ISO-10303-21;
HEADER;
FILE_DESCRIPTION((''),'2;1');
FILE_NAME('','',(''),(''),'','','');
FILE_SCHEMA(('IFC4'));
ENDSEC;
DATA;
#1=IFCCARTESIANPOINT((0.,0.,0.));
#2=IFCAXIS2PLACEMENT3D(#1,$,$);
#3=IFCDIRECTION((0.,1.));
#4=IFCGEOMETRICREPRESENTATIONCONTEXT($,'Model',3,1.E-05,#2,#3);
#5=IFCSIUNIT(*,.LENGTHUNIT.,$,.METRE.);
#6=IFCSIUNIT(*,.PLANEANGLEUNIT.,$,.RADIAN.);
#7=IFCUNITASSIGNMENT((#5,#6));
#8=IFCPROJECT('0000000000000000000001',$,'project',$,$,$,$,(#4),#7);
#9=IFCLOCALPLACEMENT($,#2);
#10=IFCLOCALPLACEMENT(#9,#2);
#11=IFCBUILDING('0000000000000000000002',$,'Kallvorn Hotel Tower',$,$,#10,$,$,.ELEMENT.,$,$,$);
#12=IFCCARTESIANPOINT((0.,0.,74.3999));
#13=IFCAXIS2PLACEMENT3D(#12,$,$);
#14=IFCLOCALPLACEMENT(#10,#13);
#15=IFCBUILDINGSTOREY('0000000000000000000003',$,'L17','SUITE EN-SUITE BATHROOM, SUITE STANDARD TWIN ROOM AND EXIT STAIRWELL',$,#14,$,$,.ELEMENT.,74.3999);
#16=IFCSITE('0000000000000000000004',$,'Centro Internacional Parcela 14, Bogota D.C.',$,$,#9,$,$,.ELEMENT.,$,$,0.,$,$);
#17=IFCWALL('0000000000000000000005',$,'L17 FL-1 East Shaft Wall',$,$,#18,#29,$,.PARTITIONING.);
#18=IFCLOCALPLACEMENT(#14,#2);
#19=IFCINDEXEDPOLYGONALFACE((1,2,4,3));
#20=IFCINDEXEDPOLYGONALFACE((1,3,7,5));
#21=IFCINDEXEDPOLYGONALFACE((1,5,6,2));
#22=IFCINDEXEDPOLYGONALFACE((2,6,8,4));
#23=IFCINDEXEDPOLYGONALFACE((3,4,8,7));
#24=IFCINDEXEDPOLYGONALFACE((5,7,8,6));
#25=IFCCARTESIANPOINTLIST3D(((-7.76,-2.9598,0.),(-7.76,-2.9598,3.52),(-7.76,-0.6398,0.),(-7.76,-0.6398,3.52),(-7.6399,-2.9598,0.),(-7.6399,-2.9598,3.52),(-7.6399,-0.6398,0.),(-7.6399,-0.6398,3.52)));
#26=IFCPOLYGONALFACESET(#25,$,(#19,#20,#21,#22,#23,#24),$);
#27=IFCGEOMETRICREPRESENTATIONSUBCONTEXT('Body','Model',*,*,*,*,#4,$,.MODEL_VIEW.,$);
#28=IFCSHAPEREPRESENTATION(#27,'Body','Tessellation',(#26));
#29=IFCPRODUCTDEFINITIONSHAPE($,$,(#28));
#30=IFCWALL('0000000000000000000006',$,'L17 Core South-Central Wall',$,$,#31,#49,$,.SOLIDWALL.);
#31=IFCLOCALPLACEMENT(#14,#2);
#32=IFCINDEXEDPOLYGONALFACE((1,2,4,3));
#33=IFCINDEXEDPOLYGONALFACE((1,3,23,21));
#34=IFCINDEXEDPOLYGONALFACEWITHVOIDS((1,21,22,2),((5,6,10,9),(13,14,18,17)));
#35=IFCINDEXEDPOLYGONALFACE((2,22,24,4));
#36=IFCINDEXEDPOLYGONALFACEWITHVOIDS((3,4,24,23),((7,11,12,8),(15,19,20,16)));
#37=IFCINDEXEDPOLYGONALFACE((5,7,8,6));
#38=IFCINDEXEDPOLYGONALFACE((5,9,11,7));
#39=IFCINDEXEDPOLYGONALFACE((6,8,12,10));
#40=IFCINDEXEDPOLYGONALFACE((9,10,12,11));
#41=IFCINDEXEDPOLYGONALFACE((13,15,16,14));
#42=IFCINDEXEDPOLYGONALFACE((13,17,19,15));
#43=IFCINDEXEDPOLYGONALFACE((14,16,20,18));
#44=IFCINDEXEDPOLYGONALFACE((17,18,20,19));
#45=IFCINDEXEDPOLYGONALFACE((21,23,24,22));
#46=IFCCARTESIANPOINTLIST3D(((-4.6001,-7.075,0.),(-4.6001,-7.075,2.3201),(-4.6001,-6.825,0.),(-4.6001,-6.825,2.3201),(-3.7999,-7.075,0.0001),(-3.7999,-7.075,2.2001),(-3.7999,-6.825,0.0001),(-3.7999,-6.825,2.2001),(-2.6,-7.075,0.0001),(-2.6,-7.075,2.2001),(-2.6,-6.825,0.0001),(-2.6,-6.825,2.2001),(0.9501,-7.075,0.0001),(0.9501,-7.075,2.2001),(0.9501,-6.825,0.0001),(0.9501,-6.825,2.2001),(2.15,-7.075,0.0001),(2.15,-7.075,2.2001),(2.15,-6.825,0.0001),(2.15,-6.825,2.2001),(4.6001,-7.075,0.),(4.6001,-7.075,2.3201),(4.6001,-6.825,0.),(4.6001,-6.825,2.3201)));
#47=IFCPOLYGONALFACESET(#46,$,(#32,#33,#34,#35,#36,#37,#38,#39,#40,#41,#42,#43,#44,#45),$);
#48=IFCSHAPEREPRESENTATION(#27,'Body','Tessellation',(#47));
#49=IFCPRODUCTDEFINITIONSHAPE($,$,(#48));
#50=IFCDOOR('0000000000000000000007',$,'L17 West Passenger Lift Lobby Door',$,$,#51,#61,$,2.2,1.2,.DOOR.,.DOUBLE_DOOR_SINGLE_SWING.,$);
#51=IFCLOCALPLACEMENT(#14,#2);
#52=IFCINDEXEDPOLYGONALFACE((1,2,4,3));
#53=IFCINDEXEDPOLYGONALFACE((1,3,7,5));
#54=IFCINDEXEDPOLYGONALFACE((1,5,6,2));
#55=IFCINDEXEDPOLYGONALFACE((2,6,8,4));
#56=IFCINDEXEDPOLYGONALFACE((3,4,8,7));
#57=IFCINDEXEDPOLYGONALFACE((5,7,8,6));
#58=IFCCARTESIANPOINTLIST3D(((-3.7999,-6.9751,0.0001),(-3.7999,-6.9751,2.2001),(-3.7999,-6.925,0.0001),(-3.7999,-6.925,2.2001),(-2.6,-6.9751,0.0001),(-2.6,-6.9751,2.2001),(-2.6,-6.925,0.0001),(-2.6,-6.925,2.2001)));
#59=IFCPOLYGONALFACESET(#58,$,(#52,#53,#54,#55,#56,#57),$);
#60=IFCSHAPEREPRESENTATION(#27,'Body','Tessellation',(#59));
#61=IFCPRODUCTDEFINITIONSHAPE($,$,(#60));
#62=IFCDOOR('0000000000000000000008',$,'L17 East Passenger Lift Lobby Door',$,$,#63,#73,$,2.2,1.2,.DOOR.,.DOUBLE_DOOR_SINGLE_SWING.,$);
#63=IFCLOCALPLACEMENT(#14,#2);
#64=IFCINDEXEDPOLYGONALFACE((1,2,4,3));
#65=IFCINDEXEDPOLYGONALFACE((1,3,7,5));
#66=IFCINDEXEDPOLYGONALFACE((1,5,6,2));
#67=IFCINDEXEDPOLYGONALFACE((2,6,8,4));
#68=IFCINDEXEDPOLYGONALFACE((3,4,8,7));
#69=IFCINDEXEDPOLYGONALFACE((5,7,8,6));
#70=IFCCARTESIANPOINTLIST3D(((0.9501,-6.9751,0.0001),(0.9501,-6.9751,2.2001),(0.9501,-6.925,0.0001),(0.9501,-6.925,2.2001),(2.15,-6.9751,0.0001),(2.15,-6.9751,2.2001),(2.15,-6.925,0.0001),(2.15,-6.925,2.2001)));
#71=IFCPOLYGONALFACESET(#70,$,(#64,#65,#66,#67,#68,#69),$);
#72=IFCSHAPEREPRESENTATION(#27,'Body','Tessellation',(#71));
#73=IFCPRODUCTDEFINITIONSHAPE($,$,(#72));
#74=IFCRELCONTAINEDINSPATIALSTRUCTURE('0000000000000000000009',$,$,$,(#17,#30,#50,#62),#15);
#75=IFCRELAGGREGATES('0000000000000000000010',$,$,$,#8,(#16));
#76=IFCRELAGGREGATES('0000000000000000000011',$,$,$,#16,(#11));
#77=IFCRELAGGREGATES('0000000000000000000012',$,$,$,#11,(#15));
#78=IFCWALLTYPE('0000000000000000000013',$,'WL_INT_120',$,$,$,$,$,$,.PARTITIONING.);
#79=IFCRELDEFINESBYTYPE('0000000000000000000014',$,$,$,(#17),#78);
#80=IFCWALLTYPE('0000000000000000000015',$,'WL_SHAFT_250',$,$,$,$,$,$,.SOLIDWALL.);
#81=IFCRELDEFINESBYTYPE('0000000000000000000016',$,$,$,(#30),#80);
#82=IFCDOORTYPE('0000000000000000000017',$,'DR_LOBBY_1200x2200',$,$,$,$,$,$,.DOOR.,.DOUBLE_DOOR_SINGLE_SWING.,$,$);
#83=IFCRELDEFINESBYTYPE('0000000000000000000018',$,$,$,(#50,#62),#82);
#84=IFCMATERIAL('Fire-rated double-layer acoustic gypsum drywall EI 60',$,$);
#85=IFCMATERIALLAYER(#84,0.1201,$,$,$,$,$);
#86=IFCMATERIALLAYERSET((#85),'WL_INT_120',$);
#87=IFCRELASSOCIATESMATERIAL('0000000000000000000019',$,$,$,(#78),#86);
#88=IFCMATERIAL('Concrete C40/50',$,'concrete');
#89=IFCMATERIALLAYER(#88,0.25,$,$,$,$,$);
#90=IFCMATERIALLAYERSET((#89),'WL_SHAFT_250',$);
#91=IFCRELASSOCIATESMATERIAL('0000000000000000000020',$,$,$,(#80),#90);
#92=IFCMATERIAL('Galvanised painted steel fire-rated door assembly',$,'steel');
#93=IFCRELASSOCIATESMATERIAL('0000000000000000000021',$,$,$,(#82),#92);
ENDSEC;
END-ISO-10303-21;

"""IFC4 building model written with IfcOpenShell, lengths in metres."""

from ifc_helpers import new_model, si_unit, direction, frame, frame_2d, origin, place, context, subcontext, project, spatial, rectangle, extrude, material, layer, layer_set, type_object, element, fill, save


model = new_model("IFC4")

# Units and contexts
model_context = context("Model", 3, precision=1e-05, world=origin(), true_north=direction((0.0, 1.0)))
body_context = subcontext(model_context, "Body", "Model", "MODEL_VIEW")
ifc_project = project(units=[si_unit("LENGTHUNIT", "METRE"), si_unit("PLANEANGLEUNIT", "RADIAN")], contexts=[model_context])

# Site, building, storey
site_placement = place(None, origin())
site = spatial("IfcSite", under=ifc_project, at=site_placement, Name="Centro Internacional Parcela 14, Bogota D.C.", CompositionType="ELEMENT", RefElevation=0.0)
building_placement = place(site_placement, origin())
building = spatial("IfcBuilding", under=site, at=building_placement, Name="Kallvorn Hotel Tower", CompositionType="ELEMENT")
storey_placement = place(building_placement, frame((0.0, 0.0, 74.3999)))
storey = spatial("IfcBuildingStorey", under=building, at=storey_placement, Name="L17", Description="SUITE EN-SUITE BATHROOM, SUITE STANDARD TWIN ROOM AND EXIT STAIRWELL", CompositionType="ELEMENT", Elevation=74.3999)

# Wall
ifc_material_1 = material(Name="Fire-rated double-layer acoustic gypsum drywall EI 60")
ifc_layer_1 = layer(ifc_material_1, 0.1201)
ifc_layer_set_1 = layer_set([ifc_layer_1], Name="WL_INT_120")
wall_type_1 = type_object("IfcWallType", Name="WL_INT_120", PredefinedType="PARTITIONING", material=ifc_layer_set_1)
wall_1_placement = place(storey_placement, frame((-7.7, -2.96, 0.0), z_axis=(0.0, 0.0, 1.0), x_axis=(0.0, 1.0, 0.0)))
element("IfcWall", 1, at=wall_1_placement, inside=storey, type_object=wall_type_1, Name="L17 FL-1 East Shaft Wall", PredefinedType="PARTITIONING", context=body_context, shape_type="SweptSolid", body=[
    extrude(rectangle(XDim=2.3201, YDim=0.1201, at=frame_2d((1.1602, 0.0))), origin(), (0.0, 0.0, 1.0), 3.52),
])

# Wall, openings, doors
ifc_material_2 = material(Name="Concrete C40/50", Category="concrete")
ifc_layer_2 = layer(ifc_material_2, 0.25)
ifc_layer_set_2 = layer_set([ifc_layer_2], Name="WL_SHAFT_250")
wall_type_2 = type_object("IfcWallType", Name="WL_SHAFT_250", PredefinedType="SOLIDWALL", material=ifc_layer_set_2)
wall_2_placement = place(storey_placement, frame((-4.6001, -6.95, 0.0), z_axis=(0.0, 0.0, 1.0), x_axis=(1.0, 0.0, 0.0)))
wall_2 = element("IfcWall", 2, at=wall_2_placement, inside=storey, type_object=wall_type_2, Name="L17 Core South-Central Wall", PredefinedType="SOLIDWALL", context=body_context, shape_type="SweptSolid", body=[
    extrude(rectangle(XDim=9.2002, YDim=0.25, at=frame_2d((4.6001, 0.0))), origin(), (0.0, 0.0, 1.0), 2.3201),
])
opening_1_placement = place(wall_2_placement, frame((0.8, 0.0, 0.0)))
opening_1 = element("IfcOpeningElement", 3, at=opening_1_placement, cuts=wall_2, PredefinedType="OPENING", context=body_context, shape_type="SweptSolid", body=[
    extrude(rectangle(XDim=1.2, YDim=2.2, at=frame_2d((0.6001, 1.1001))), frame((0.0, 0.1399, 0.0), z_axis=(0.0, -1.0, 0.0), x_axis=(1.0, 0.0, 0.0)), (0.0, 0.0, 1.0), 0.28),
])
opening_2_placement = place(wall_2_placement, frame((5.55, 0.0, 0.0)))
opening_2 = element("IfcOpeningElement", 4, at=opening_2_placement, cuts=wall_2, PredefinedType="OPENING", context=body_context, shape_type="SweptSolid", body=[
    extrude(rectangle(XDim=1.2, YDim=2.2, at=frame_2d((0.6001, 1.1001))), frame((0.0, 0.1399, 0.0), z_axis=(0.0, -1.0, 0.0), x_axis=(1.0, 0.0, 0.0)), (0.0, 0.0, 1.0), 0.28),
])
ifc_material_3 = material(Name="Galvanised painted steel fire-rated door assembly", Category="steel")
door_type_1 = type_object("IfcDoorType", Name="DR_LOBBY_1200x2200", OperationType="DOUBLE_DOOR_SINGLE_SWING", PredefinedType="DOOR", material=ifc_material_3)
door_1_placement = place(opening_1_placement, origin())
door_1 = element("IfcDoor", 5, at=door_1_placement, inside=storey, type_object=door_type_1, Name="L17 West Passenger Lift Lobby Door", OperationType="DOUBLE_DOOR_SINGLE_SWING", OverallHeight=2.2, OverallWidth=1.2, PredefinedType="DOOR", context=body_context, shape_type="SweptSolid", body=[
    extrude(rectangle(XDim=1.2, YDim=2.2, at=frame_2d((0.6001, 1.1001))), frame((0.0, 0.0249, 0.0), z_axis=(0.0, -1.0, 0.0), x_axis=(1.0, 0.0, 0.0)), (0.0, 0.0, 1.0), 0.05),
])
fill(opening_1, door_1)
door_2_placement = place(opening_2_placement, origin())
door_2 = element("IfcDoor", 6, at=door_2_placement, inside=storey, type_object=door_type_1, Name="L17 East Passenger Lift Lobby Door", OperationType="DOUBLE_DOOR_SINGLE_SWING", OverallHeight=2.2, OverallWidth=1.2, PredefinedType="DOOR", context=body_context, shape_type="SweptSolid", body=[
    extrude(rectangle(XDim=1.2, YDim=2.2, at=frame_2d((0.6001, 1.1001))), frame((0.0, 0.0249, 0.0), z_axis=(0.0, -1.0, 0.0), x_axis=(1.0, 0.0, 0.0)), (0.0, 0.0, 1.0), 0.05),
])
fill(opening_2, door_2)

save(model, "model.ifc")
